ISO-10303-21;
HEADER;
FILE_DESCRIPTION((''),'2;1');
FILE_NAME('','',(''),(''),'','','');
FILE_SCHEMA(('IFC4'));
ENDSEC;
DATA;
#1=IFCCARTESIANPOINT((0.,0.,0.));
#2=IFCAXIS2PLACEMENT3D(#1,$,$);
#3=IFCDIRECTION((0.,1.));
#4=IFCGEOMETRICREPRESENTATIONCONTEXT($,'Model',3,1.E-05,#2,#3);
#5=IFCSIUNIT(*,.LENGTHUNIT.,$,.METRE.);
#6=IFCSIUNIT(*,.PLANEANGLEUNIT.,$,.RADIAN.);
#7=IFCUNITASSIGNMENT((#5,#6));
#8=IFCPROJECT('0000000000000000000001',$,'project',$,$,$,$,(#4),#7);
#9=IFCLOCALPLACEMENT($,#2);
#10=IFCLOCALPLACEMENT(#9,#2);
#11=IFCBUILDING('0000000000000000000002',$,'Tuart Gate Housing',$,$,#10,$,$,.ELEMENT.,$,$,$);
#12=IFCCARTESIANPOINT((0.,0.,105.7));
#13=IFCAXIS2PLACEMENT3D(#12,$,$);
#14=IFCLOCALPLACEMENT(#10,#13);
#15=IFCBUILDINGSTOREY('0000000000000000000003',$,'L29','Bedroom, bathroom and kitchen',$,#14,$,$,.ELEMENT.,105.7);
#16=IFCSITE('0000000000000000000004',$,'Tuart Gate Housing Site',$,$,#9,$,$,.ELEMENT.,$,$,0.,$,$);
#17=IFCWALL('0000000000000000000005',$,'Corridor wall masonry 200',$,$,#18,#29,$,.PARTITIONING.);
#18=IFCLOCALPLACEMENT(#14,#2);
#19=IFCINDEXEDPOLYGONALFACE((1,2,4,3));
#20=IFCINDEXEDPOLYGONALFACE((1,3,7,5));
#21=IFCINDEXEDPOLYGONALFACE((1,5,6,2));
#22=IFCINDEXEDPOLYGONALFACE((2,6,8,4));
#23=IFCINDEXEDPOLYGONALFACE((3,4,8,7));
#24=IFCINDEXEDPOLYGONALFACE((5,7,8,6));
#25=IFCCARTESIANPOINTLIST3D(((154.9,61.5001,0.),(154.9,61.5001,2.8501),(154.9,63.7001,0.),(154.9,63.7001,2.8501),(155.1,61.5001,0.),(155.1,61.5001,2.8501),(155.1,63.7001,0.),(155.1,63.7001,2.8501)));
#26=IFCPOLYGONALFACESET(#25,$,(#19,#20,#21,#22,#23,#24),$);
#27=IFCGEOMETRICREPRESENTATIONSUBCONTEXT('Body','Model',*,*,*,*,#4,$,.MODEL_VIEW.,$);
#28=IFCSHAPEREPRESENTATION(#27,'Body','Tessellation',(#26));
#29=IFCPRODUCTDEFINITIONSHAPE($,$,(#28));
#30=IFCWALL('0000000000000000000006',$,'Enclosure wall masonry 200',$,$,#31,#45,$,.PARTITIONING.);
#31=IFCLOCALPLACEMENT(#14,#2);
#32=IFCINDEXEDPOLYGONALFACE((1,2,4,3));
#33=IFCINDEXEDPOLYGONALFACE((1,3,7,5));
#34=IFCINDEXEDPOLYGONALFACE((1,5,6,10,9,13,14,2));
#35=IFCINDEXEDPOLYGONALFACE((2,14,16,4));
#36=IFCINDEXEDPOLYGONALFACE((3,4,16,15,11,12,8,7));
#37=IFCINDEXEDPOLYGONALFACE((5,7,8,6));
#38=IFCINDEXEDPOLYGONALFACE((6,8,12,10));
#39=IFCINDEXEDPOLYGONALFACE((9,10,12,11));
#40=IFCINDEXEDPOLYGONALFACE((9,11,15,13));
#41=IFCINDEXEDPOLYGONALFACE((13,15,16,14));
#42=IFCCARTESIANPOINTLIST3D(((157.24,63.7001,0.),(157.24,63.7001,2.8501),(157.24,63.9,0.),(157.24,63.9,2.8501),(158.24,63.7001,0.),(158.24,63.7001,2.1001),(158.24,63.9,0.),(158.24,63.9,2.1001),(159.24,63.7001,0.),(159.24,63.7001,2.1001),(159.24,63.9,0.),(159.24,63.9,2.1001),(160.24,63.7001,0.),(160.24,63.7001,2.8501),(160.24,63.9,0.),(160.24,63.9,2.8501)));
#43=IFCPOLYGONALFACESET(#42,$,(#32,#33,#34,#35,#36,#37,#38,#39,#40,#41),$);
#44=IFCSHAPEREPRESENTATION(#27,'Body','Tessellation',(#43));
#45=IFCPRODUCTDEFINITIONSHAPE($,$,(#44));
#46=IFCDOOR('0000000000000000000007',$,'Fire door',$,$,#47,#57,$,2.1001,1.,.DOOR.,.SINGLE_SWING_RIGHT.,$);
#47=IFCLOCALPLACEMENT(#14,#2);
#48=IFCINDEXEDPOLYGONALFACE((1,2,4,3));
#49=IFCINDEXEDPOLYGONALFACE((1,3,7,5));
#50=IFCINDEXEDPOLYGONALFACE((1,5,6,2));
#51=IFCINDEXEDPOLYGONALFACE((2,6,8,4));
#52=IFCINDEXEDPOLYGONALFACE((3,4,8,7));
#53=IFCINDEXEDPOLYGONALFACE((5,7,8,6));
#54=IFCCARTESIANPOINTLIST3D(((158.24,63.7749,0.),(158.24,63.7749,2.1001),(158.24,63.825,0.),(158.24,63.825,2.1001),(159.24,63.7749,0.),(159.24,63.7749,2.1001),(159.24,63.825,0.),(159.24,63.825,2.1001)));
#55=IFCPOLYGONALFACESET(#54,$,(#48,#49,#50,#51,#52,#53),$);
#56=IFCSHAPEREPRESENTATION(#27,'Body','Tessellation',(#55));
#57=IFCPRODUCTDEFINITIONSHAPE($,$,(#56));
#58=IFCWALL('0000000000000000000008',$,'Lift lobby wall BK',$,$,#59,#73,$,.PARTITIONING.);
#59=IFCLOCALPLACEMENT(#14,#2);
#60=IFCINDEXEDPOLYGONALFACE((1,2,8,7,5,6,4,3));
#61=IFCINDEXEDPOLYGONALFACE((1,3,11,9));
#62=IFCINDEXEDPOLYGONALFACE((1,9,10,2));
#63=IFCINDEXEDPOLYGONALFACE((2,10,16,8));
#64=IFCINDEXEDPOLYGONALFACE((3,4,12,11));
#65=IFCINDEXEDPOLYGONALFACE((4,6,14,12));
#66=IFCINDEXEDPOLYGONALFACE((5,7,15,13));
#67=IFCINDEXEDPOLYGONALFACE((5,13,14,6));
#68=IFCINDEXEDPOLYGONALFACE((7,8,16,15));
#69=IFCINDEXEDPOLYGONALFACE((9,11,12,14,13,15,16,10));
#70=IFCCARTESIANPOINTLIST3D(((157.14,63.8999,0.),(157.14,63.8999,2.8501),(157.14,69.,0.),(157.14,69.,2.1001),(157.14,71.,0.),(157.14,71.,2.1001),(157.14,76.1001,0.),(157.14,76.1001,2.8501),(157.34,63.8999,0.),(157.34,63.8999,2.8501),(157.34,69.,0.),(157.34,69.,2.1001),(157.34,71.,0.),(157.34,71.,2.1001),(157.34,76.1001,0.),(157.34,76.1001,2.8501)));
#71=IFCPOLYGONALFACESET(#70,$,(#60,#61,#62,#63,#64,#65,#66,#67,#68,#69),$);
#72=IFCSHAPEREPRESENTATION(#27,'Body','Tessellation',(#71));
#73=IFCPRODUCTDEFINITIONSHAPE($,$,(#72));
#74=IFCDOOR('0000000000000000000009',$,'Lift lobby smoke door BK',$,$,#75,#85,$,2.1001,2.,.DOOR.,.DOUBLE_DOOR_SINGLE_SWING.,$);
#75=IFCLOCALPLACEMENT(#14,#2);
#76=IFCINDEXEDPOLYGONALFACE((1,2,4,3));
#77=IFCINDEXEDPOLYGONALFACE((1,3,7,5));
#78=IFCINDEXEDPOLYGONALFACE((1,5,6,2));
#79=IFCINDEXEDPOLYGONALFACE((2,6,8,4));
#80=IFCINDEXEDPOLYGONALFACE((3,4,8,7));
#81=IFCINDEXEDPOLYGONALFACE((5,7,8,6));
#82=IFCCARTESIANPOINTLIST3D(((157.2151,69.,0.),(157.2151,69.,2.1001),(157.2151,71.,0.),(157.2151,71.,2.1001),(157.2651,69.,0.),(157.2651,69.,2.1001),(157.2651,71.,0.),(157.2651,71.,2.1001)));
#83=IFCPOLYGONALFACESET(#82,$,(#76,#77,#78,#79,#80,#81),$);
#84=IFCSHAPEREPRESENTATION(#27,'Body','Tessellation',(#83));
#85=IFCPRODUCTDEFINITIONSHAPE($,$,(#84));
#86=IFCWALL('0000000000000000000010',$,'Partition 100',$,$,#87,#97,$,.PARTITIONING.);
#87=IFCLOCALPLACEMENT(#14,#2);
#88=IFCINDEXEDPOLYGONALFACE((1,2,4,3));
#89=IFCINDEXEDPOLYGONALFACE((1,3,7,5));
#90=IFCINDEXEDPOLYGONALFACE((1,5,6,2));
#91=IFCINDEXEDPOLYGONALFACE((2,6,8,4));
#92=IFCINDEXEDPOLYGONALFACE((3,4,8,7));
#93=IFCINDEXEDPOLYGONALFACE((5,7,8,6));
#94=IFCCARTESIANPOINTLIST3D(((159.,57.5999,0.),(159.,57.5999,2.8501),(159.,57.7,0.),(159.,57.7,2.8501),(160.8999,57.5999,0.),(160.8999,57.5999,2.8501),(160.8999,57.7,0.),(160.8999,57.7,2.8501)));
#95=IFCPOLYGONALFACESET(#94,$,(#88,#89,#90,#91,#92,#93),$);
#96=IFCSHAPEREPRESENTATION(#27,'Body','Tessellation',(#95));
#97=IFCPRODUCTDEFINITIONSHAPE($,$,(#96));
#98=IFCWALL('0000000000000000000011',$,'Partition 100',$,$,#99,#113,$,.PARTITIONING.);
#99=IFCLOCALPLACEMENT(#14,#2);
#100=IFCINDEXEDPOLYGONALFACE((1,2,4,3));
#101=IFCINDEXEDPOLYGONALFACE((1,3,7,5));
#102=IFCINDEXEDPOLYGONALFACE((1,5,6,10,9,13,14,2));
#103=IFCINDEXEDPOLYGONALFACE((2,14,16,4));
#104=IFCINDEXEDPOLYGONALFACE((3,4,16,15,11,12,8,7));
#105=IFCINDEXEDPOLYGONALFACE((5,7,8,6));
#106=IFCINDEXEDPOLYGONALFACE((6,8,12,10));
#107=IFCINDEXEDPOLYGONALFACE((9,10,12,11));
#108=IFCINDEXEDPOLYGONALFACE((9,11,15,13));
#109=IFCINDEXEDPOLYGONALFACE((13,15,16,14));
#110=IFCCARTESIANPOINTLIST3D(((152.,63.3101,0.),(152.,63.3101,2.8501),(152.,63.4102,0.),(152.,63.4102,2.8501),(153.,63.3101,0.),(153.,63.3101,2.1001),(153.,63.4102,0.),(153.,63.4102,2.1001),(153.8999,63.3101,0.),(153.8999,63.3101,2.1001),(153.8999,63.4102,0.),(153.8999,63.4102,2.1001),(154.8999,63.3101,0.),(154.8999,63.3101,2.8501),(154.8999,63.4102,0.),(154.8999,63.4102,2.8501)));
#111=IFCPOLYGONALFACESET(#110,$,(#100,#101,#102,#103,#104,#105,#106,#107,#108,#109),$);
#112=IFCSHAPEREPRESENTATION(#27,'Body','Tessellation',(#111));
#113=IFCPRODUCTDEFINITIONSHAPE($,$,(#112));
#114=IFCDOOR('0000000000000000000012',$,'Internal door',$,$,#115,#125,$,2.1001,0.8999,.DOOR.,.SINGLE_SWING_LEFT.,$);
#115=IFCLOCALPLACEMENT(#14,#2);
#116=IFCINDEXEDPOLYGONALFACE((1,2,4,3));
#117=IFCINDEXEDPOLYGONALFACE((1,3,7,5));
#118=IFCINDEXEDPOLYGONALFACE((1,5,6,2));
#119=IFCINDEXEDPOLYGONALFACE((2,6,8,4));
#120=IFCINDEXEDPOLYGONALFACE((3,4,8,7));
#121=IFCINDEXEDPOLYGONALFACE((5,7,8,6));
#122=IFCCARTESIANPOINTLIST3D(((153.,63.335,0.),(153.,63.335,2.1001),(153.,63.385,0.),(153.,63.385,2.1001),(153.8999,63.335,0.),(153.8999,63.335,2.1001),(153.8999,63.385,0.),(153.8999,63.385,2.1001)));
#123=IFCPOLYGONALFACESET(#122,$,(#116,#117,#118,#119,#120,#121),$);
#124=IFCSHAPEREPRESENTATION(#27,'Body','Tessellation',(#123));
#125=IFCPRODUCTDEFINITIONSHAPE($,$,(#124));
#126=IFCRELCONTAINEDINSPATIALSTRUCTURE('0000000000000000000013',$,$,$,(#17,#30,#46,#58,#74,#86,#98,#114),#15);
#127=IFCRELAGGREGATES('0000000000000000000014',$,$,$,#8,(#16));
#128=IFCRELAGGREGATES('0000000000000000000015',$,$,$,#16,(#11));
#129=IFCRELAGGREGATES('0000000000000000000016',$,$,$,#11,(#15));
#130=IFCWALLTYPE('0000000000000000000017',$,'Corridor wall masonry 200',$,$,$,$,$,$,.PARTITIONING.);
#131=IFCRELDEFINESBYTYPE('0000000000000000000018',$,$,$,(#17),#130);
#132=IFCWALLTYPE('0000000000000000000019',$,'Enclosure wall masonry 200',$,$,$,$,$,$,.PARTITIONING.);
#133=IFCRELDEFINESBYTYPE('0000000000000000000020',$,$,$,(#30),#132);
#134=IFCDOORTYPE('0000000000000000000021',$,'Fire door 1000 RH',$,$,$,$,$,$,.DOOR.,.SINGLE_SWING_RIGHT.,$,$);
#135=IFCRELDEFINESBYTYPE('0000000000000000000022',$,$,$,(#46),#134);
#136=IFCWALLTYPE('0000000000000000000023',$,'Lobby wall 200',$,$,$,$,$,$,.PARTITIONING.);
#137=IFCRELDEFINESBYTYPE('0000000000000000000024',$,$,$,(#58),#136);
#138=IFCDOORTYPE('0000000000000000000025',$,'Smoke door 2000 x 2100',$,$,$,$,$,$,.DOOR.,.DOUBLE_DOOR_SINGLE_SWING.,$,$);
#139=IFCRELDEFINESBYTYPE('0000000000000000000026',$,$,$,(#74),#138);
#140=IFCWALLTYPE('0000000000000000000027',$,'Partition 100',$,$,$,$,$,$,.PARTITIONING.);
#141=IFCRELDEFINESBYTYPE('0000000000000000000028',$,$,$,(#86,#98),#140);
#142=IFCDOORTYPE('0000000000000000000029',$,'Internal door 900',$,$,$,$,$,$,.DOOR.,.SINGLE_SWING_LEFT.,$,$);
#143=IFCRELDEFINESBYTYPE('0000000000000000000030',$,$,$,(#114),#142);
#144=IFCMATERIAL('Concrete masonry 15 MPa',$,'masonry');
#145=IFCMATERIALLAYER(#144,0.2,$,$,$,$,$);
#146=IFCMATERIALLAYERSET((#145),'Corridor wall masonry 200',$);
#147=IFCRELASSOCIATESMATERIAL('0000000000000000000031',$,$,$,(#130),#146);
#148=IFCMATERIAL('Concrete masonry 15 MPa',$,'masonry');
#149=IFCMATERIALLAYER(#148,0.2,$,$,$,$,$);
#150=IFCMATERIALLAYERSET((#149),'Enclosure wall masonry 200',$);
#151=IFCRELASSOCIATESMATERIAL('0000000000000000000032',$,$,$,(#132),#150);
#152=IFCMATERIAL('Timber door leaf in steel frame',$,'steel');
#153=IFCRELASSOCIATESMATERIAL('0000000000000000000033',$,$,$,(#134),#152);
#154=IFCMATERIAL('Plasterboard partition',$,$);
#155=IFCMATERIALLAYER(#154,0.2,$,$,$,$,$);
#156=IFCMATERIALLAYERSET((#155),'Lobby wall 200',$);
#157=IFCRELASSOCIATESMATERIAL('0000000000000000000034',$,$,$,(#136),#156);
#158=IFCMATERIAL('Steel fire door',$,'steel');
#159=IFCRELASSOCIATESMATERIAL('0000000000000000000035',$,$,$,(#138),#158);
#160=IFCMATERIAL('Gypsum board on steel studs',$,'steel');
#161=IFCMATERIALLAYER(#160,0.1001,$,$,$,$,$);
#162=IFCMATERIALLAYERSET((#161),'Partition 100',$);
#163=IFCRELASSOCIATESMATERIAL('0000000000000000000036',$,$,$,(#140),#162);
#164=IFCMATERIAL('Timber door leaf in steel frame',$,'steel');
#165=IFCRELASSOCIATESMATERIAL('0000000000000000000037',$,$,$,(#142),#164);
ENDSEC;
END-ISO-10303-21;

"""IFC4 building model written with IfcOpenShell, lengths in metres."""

from ifc_helpers import new_model, si_unit, direction, frame, frame_2d, origin, place, context, subcontext, project, spatial, rectangle, extrude, material, layer, layer_set, type_object, element, fill, save


model = new_model("IFC4")

# Units and contexts
model_context = context("Model", 3, precision=1e-05, world=origin(), true_north=direction((0.0, 1.0)))
body_context = subcontext(model_context, "Body", "Model", "MODEL_VIEW")
ifc_project = project(units=[si_unit("LENGTHUNIT", "METRE"), si_unit("PLANEANGLEUNIT", "RADIAN")], contexts=[model_context])

# Site, building, storey
site_placement = place(None, origin())
site = spatial("IfcSite", under=ifc_project, at=site_placement, Name="Tuart Gate Housing Site", CompositionType="ELEMENT", RefElevation=0.0)
building_placement = place(site_placement, origin())
building = spatial("IfcBuilding", under=site, at=building_placement, Name="Tuart Gate Housing", CompositionType="ELEMENT")
storey_placement = place(building_placement, frame((0.0, 0.0, 105.7)))
storey = spatial("IfcBuildingStorey", under=building, at=storey_placement, Name="L29", Description="Bedroom, bathroom and kitchen", CompositionType="ELEMENT", Elevation=105.7)

# Shared definitions
ifc_material_1 = material(Name="Concrete masonry 15 MPa", Category="masonry")
ifc_layer_1 = layer(ifc_material_1, 0.2)
ifc_layer_set_1 = layer_set([ifc_layer_1], Name="Corridor wall masonry 200")
wall_type_1 = type_object("IfcWallType", Name="Corridor wall masonry 200", PredefinedType="PARTITIONING", material=ifc_layer_set_1)

# Wall
wall_1_placement = place(storey_placement, frame((155.0, 61.5, 0.0), z_axis=(0.0, 0.0, 1.0), x_axis=(0.0, 1.0, 0.0)))
element("IfcWall", 1, at=wall_1_placement, inside=storey, type_object=wall_type_1, Name="Corridor wall masonry 200", PredefinedType="PARTITIONING", context=body_context, shape_type="SweptSolid", body=[
    extrude(rectangle(XDim=2.2, YDim=0.2, at=frame_2d((1.1001, 0.0))), origin(), (0.0, 0.0, 1.0), 2.8501),
])

# Walls, openings, doors
ifc_material_2 = material(Name="Concrete masonry 15 MPa", Category="masonry")
ifc_layer_2 = layer(ifc_material_2, 0.2)
ifc_layer_set_2 = layer_set([ifc_layer_2], Name="Enclosure wall masonry 200")
wall_type_2 = type_object("IfcWallType", Name="Enclosure wall masonry 200", PredefinedType="PARTITIONING", material=ifc_layer_set_2)
wall_2_placement = place(storey_placement, frame((157.24, 63.8, 0.0), z_axis=(0.0, 0.0, 1.0), x_axis=(1.0, 0.0, 0.0)))
wall_2 = element("IfcWall", 2, at=wall_2_placement, inside=storey, type_object=wall_type_2, Name="Enclosure wall masonry 200", PredefinedType="PARTITIONING", context=body_context, shape_type="SweptSolid", body=[
    extrude(rectangle(XDim=3.0, YDim=0.2, at=frame_2d((1.5, 0.0))), origin(), (0.0, 0.0, 1.0), 2.8501),
])
opening_1_placement = place(wall_2_placement, frame((1.0, 0.0, 0.0)))
opening_1 = element("IfcOpeningElement", 3, at=opening_1_placement, cuts=wall_2, PredefinedType="OPENING", context=body_context, shape_type="SweptSolid", body=[
    extrude(rectangle(XDim=1.0, YDim=2.1001, at=frame_2d((0.5, 1.05))), frame((0.0, 0.1099, 0.0), z_axis=(0.0, -1.0, 0.0), x_axis=(1.0, 0.0, 0.0)), (0.0, 0.0, 1.0), 0.22),
])
ifc_material_3 = material(Name="Timber door leaf in steel frame", Category="steel")
door_type_1 = type_object("IfcDoorType", Name="Fire door 1000 RH", OperationType="SINGLE_SWING_RIGHT", PredefinedType="DOOR", material=ifc_material_3)
door_1_placement = place(opening_1_placement, frame((1.0, 0.0, 0.0), z_axis=(0.0, 0.0, 1.0), x_axis=(-1.0, 0.0, 0.0)))
door_1 = element("IfcDoor", 4, at=door_1_placement, inside=storey, type_object=door_type_1, Name="Fire door", OperationType="SINGLE_SWING_RIGHT", OverallHeight=2.1001, OverallWidth=1.0, PredefinedType="DOOR", context=body_context, shape_type="SweptSolid", body=[
    extrude(rectangle(XDim=1.0, YDim=2.1001, at=frame_2d((0.5, 1.05))), frame((0.0, 0.0251, 0.0), z_axis=(0.0, -1.0, 0.0), x_axis=(1.0, 0.0, 0.0)), (0.0, 0.0, 1.0), 0.05),
])
fill(opening_1, door_1)
ifc_material_4 = material(Name="Plasterboard partition")
ifc_layer_3 = layer(ifc_material_4, 0.2)
ifc_layer_set_3 = layer_set([ifc_layer_3], Name="Lobby wall 200")
wall_type_3 = type_object("IfcWallType", Name="Lobby wall 200", PredefinedType="PARTITIONING", material=ifc_layer_set_3)
wall_3_placement = place(storey_placement, frame((157.24, 63.8999, 0.0), z_axis=(0.0, 0.0, 1.0), x_axis=(0.0, 1.0, 0.0)))
wall_3 = element("IfcWall", 5, at=wall_3_placement, inside=storey, type_object=wall_type_3, Name="Lift lobby wall BK", PredefinedType="PARTITIONING", context=body_context, shape_type="SweptSolid", body=[
    extrude(rectangle(XDim=12.2002, YDim=0.2, at=frame_2d((6.1001, 0.0))), origin(), (0.0, 0.0, 1.0), 2.8501),
])
opening_2_placement = place(wall_3_placement, frame((5.1001, 0.0, 0.0)))
opening_2 = element("IfcOpeningElement", 6, at=opening_2_placement, cuts=wall_3, PredefinedType="OPENING", context=body_context, shape_type="SweptSolid", body=[
    extrude(rectangle(XDim=2.0, YDim=2.1001, at=frame_2d((1.0, 1.05))), frame((0.0, 0.1099, 0.0), z_axis=(0.0, -1.0, 0.0), x_axis=(1.0, 0.0, 0.0)), (0.0, 0.0, 1.0), 0.22),
])
ifc_material_5 = material(Name="Steel fire door", Category="steel")
door_type_2 = type_object("IfcDoorType", Name="Smoke door 2000 x 2100", OperationType="DOUBLE_DOOR_SINGLE_SWING", PredefinedType="DOOR", material=ifc_material_5)
door_2_placement = place(opening_2_placement, frame((2.0, 0.0, 0.0), z_axis=(0.0, 0.0, 1.0), x_axis=(-1.0, 0.0, 0.0)))
door_2 = element("IfcDoor", 7, at=door_2_placement, inside=storey, type_object=door_type_2, Name="Lift lobby smoke door BK", OperationType="DOUBLE_DOOR_SINGLE_SWING", OverallHeight=2.1001, OverallWidth=2.0, PredefinedType="DOOR", context=body_context, shape_type="SweptSolid", body=[
    extrude(rectangle(XDim=2.0, YDim=2.1001, at=frame_2d((1.0, 1.05))), frame((0.0, 0.0251, 0.0), z_axis=(0.0, -1.0, 0.0), x_axis=(1.0, 0.0, 0.0)), (0.0, 0.0, 1.0), 0.05),
])
fill(opening_2, door_2)

# Wall
ifc_material_6 = material(Name="Gypsum board on steel studs", Category="steel")
ifc_layer_4 = layer(ifc_material_6, 0.1001)
ifc_layer_set_4 = layer_set([ifc_layer_4], Name="Partition 100")
wall_type_4 = type_object("IfcWallType", Name="Partition 100", PredefinedType="PARTITIONING", material=ifc_layer_set_4)
wall_4_placement = place(storey_placement, frame((159.0, 57.6499, 0.0), z_axis=(0.0, 0.0, 1.0), x_axis=(1.0, 0.0, 0.0)))
element("IfcWall", 8, at=wall_4_placement, inside=storey, type_object=wall_type_4, Name="Partition 100", PredefinedType="PARTITIONING", context=body_context, shape_type="SweptSolid", body=[
    extrude(rectangle(XDim=1.8999, YDim=0.1001, at=frame_2d((0.95, 0.0))), origin(), (0.0, 0.0, 1.0), 2.8501),
])

# Wall, opening, door
wall_5_placement = place(storey_placement, frame((152.0, 63.3601, 0.0), z_axis=(0.0, 0.0, 1.0), x_axis=(1.0, 0.0, 0.0)))
wall_5 = element("IfcWall", 9, at=wall_5_placement, inside=storey, type_object=wall_type_4, Name="Partition 100", PredefinedType="PARTITIONING", context=body_context, shape_type="SweptSolid", body=[
    extrude(rectangle(XDim=2.8999, YDim=0.1001, at=frame_2d((1.45, 0.0))), origin(), (0.0, 0.0, 1.0), 2.8501),
])
opening_3_placement = place(wall_5_placement, frame((1.0, 0.0, 0.0)))
opening_3 = element("IfcOpeningElement", 10, at=opening_3_placement, cuts=wall_5, PredefinedType="OPENING", context=body_context, shape_type="SweptSolid", body=[
    extrude(rectangle(XDim=0.8999, YDim=2.1001, at=frame_2d((0.45, 1.05))), frame((0.0, 0.0601, 0.0), z_axis=(0.0, -1.0, 0.0), x_axis=(1.0, 0.0, 0.0)), (0.0, 0.0, 1.0), 0.1201),
])
ifc_material_7 = material(Name="Timber door leaf in steel frame", Category="steel")
door_type_3 = type_object("IfcDoorType", Name="Internal door 900", OperationType="SINGLE_SWING_LEFT", PredefinedType="DOOR", material=ifc_material_7)
door_3_placement = place(opening_3_placement, origin())
door_3 = element("IfcDoor", 11, at=door_3_placement, inside=storey, type_object=door_type_3, Name="Internal door", OperationType="SINGLE_SWING_LEFT", OverallHeight=2.1001, OverallWidth=0.8999, PredefinedType="DOOR", context=body_context, shape_type="SweptSolid", body=[
    extrude(rectangle(XDim=0.8999, YDim=2.1001, at=frame_2d((0.45, 1.05))), frame((0.0, 0.0249, 0.0), z_axis=(0.0, -1.0, 0.0), x_axis=(1.0, 0.0, 0.0)), (0.0, 0.0, 1.0), 0.05),
])
fill(opening_3, door_3)

save(model, "model.ifc")
